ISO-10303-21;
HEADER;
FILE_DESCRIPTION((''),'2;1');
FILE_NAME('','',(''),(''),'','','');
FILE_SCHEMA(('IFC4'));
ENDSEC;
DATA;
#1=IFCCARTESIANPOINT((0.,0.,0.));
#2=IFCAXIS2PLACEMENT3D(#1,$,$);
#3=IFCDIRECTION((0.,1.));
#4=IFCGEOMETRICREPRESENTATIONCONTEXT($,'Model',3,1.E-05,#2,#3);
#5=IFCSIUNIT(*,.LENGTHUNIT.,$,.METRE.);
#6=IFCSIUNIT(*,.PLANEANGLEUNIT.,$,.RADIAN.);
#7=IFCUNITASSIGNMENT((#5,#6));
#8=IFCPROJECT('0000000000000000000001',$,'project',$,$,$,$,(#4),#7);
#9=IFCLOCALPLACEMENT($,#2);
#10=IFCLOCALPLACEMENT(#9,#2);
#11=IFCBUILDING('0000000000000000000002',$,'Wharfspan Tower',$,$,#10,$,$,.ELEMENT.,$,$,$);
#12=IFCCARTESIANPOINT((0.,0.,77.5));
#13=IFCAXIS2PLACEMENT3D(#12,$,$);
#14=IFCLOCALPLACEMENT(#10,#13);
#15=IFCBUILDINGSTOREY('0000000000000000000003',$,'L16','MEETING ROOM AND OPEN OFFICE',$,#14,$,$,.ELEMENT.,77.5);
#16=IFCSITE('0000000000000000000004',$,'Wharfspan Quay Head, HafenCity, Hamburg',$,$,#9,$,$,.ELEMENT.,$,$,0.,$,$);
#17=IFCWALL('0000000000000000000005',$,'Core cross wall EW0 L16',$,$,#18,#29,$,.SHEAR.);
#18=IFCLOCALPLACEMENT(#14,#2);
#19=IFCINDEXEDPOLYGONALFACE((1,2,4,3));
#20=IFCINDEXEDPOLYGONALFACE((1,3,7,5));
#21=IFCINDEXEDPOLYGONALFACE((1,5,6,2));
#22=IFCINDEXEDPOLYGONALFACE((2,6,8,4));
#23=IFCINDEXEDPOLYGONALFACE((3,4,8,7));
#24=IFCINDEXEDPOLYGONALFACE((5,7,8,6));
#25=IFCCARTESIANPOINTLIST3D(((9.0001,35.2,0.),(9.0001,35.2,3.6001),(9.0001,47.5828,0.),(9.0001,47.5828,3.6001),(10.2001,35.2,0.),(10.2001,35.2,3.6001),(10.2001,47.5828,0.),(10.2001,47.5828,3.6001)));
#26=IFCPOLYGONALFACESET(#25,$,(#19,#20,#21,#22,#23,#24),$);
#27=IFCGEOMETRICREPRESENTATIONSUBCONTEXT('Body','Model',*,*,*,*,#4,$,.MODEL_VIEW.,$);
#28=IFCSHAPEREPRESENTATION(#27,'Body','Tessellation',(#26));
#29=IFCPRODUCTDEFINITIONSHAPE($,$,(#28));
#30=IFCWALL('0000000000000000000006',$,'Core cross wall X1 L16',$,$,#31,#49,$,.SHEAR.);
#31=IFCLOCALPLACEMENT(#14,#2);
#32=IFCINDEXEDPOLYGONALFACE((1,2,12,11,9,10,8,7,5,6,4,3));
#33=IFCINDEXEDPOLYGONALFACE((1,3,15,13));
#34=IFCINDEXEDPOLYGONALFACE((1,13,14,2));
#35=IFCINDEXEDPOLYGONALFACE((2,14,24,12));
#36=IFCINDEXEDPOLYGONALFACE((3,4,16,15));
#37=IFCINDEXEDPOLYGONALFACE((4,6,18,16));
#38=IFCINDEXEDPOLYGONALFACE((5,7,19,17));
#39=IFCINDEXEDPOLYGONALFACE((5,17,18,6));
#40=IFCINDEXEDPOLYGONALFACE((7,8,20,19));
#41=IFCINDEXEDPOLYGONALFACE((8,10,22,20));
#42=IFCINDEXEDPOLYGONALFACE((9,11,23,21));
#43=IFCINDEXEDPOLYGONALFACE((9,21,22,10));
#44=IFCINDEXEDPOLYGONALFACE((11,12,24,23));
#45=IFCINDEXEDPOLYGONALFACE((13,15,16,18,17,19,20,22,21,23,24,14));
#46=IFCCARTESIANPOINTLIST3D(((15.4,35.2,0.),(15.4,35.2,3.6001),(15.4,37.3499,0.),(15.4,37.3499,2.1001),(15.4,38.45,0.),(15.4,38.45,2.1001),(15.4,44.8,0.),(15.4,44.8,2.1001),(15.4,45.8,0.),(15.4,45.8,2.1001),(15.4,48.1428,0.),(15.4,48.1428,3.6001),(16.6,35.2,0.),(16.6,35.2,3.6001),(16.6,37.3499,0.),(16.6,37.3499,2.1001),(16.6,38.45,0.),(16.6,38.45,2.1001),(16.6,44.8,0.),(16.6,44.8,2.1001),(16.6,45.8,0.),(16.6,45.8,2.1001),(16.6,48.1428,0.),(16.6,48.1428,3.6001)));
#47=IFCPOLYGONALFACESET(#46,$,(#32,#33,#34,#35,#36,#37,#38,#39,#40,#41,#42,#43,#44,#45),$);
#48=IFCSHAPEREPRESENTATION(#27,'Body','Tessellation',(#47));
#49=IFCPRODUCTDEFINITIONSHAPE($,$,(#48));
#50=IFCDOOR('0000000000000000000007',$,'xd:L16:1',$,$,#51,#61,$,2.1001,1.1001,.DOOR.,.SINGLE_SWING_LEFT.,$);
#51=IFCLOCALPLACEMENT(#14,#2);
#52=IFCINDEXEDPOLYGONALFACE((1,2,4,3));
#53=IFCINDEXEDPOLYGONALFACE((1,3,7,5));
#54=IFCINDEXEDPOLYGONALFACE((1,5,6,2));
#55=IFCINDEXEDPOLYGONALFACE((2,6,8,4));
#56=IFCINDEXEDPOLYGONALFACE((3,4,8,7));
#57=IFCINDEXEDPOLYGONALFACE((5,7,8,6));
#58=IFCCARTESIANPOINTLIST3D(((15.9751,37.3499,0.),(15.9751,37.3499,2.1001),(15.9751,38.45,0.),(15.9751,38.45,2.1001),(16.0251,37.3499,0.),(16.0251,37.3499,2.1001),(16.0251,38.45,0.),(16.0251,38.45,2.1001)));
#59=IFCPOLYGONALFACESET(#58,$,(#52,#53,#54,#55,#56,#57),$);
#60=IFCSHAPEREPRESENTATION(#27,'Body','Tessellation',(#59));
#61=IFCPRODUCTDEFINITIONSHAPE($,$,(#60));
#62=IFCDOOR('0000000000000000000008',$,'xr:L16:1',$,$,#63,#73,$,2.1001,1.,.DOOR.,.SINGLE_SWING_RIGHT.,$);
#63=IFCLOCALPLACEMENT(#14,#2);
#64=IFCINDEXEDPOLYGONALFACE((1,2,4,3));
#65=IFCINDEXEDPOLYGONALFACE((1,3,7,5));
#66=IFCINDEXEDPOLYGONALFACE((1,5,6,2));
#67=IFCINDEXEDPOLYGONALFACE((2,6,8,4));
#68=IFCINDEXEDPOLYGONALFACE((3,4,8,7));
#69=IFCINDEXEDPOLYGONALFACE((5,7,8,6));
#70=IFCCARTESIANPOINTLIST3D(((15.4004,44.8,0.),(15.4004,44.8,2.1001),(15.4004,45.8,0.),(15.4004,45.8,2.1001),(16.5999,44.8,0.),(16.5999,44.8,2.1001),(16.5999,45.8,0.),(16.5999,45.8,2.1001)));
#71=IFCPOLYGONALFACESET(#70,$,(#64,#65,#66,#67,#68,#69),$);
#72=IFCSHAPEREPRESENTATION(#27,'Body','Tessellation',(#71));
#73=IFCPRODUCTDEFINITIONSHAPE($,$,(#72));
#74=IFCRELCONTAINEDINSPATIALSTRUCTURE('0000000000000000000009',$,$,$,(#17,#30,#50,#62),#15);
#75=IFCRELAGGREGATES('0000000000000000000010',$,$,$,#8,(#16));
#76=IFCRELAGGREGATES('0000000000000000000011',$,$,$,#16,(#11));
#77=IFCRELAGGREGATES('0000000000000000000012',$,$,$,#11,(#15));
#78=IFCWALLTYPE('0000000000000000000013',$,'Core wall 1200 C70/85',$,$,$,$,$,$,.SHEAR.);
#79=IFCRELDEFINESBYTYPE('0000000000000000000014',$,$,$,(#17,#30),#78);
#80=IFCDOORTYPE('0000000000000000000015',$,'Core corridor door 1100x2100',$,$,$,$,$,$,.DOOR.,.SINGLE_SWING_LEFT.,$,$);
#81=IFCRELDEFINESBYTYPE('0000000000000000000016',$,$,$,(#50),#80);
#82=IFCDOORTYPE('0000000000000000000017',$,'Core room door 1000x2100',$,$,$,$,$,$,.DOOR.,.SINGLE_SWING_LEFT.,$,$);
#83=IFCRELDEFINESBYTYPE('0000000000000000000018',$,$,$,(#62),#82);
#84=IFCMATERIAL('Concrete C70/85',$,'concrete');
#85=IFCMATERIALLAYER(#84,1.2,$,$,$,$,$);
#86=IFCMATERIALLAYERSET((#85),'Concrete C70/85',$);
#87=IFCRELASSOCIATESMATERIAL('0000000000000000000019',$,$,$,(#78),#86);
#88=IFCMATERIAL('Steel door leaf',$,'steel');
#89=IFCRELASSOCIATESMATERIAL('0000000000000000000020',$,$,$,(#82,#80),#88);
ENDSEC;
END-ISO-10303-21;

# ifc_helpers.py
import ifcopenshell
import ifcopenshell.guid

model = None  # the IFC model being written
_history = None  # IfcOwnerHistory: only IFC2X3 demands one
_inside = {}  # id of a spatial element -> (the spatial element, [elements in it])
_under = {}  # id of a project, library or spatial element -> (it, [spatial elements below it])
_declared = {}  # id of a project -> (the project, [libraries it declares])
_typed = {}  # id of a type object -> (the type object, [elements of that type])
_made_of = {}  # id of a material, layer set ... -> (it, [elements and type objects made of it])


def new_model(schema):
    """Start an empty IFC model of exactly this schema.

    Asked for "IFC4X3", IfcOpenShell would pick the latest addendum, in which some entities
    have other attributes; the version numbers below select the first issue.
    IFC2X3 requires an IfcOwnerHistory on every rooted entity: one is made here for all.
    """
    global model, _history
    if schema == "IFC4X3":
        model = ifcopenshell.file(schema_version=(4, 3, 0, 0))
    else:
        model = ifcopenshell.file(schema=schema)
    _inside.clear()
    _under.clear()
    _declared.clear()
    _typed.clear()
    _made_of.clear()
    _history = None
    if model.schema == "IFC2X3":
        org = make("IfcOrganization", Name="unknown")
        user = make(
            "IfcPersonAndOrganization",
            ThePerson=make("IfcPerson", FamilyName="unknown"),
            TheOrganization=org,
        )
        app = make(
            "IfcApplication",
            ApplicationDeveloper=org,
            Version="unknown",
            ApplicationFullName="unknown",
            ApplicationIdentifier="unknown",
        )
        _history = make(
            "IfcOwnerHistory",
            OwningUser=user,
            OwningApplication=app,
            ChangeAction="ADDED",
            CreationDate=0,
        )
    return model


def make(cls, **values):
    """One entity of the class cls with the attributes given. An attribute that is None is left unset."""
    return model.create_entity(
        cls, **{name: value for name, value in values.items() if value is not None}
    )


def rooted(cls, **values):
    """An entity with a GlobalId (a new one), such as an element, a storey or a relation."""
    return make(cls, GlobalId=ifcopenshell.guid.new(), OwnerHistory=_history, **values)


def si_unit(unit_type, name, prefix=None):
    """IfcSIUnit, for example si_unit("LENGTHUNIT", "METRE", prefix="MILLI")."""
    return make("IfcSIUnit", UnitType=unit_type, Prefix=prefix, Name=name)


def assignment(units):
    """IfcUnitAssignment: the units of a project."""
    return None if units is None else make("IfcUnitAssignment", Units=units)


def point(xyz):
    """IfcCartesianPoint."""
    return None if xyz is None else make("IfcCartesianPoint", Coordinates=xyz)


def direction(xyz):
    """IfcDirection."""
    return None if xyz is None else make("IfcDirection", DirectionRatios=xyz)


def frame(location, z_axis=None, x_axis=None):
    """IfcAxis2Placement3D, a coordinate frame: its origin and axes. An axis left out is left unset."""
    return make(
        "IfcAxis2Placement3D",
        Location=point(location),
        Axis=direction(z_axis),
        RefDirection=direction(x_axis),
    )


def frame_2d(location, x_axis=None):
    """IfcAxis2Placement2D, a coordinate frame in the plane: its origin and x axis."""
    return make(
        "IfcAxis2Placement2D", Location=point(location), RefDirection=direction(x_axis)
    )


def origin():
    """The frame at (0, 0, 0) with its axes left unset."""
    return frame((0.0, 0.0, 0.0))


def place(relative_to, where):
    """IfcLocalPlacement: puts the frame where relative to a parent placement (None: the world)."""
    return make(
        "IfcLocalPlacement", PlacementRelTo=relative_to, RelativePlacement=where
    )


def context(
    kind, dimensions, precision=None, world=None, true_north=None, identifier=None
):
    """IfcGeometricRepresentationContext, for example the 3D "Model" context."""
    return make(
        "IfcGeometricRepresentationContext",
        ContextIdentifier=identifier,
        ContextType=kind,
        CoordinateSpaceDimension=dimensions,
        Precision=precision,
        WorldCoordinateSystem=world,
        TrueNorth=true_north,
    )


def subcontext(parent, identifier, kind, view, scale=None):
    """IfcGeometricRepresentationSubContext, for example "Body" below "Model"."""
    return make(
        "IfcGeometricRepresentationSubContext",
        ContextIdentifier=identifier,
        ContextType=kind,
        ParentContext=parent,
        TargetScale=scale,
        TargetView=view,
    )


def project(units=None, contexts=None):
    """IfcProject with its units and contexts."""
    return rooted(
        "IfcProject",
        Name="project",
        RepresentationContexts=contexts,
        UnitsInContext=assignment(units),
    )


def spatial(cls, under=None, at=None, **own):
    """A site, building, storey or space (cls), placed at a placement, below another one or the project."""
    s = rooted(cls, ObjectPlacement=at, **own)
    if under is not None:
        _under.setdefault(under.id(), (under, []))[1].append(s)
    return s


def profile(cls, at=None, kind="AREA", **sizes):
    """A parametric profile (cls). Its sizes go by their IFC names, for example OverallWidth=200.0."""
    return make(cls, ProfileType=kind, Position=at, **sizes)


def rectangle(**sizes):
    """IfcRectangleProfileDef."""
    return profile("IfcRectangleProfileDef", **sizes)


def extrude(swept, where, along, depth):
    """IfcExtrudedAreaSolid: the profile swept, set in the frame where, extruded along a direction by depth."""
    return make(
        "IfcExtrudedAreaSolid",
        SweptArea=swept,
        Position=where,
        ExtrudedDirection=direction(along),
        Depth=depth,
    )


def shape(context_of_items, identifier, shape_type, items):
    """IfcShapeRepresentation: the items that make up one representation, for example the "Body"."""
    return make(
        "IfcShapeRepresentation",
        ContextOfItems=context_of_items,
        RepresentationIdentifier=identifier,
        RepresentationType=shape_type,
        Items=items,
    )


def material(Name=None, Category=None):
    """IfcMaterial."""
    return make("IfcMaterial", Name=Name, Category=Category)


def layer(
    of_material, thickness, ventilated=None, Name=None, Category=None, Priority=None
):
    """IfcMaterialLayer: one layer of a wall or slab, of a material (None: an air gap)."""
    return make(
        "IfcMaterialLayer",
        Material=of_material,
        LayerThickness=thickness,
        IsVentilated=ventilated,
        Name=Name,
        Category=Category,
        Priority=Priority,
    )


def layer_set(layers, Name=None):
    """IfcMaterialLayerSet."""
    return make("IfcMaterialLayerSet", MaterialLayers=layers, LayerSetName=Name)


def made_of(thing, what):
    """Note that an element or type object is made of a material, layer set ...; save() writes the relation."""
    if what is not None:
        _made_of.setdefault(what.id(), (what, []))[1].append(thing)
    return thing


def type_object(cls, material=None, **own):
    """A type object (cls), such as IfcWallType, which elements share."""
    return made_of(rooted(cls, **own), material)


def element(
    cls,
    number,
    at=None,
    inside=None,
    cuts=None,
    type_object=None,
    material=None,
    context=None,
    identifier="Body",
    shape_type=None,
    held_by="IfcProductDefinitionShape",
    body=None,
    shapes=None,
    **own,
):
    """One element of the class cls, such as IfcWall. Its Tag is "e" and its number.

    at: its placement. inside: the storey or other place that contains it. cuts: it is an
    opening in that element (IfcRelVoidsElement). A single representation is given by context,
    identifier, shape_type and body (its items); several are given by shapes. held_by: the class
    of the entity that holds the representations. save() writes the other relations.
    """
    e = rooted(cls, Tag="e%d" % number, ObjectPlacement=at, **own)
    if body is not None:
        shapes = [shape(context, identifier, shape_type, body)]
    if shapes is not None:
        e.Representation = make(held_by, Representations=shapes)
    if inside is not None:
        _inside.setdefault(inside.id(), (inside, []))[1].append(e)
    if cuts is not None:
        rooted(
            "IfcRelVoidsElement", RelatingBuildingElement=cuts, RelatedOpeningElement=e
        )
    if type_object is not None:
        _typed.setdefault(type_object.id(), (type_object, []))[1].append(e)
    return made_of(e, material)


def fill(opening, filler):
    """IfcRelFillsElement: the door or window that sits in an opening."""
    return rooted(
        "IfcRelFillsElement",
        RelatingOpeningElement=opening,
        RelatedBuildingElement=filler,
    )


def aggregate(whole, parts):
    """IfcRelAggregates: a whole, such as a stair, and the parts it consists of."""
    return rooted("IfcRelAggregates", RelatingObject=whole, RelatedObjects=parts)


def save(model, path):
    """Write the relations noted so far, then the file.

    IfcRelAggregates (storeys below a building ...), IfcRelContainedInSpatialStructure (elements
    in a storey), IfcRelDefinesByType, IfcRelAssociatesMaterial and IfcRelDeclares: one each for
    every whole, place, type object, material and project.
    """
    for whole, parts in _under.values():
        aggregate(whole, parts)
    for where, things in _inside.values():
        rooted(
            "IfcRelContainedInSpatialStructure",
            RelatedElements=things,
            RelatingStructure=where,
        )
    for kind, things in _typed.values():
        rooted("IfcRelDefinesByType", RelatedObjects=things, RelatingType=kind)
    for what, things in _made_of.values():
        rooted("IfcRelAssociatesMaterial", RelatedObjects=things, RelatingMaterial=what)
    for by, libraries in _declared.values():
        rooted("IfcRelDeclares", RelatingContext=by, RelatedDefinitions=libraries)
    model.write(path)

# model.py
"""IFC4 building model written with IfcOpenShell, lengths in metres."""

from ifc_helpers import new_model, si_unit, direction, frame, frame_2d, origin, place, context, subcontext, project, spatial, rectangle, extrude, material, layer, layer_set, type_object, element, fill, save


model = new_model("IFC4")

# Units and contexts
model_context = context("Model", 3, precision=1e-05, world=origin(), true_north=direction((0.0, 1.0)))
body_context = subcontext(model_context, "Body", "Model", "MODEL_VIEW")
ifc_project = project(units=[si_unit("LENGTHUNIT", "METRE"), si_unit("PLANEANGLEUNIT", "RADIAN")], contexts=[model_context])

# Site, building, storey
site_placement = place(None, origin())
site = spatial("IfcSite", under=ifc_project, at=site_placement, Name="Wharfspan Quay Head, HafenCity, Hamburg", CompositionType="ELEMENT", RefElevation=0.0)
building_placement = place(site_placement, origin())
building = spatial("IfcBuilding", under=site, at=building_placement, Name="Wharfspan Tower", CompositionType="ELEMENT")
storey_placement = place(building_placement, frame((0.0, 0.0, 77.5)))
storey = spatial("IfcBuildingStorey", under=building, at=storey_placement, Name="L16", Description="MEETING ROOM AND OPEN OFFICE", CompositionType="ELEMENT", Elevation=77.5)

# Shared definitions
ifc_material_1 = material(Name="Concrete C70/85", Category="concrete")
ifc_layer = layer(ifc_material_1, 1.2)
ifc_layer_set = layer_set([ifc_layer], Name="Concrete C70/85")
wall_type = type_object("IfcWallType", Name="Core wall 1200 C70/85", PredefinedType="SHEAR", material=ifc_layer_set)
ifc_material_2 = material(Name="Steel door leaf", Category="steel")
door_type_1 = type_object("IfcDoorType", Name="Core room door 1000x2100", OperationType="SINGLE_SWING_LEFT", PredefinedType="DOOR", material=ifc_material_2)

# Wall
wall_1_placement = place(storey_placement, frame((9.6001, 35.2, 0.0), z_axis=(0.0, 0.0, 1.0), x_axis=(0.0, 1.0, 0.0)))
element("IfcWall", 1, at=wall_1_placement, inside=storey, type_object=wall_type, Name="Core cross wall EW0 L16", PredefinedType="SHEAR", context=body_context, shape_type="SweptSolid", body=[
    extrude(rectangle(XDim=12.3828, YDim=1.2, at=frame_2d((6.1914, 0.0))), origin(), (0.0, 0.0, 1.0), 3.6001),
])

# Wall, openings, doors
wall_2_placement = place(storey_placement, frame((16.0, 35.2, 0.0), z_axis=(0.0, 0.0, 1.0), x_axis=(0.0, 1.0, 0.0)))
wall_2 = element("IfcWall", 2, at=wall_2_placement, inside=storey, type_object=wall_type, Name="Core cross wall X1 L16", PredefinedType="SHEAR", context=body_context, shape_type="SweptSolid", body=[
    extrude(rectangle(XDim=12.9429, YDim=1.2, at=frame_2d((6.4714, 0.0))), origin(), (0.0, 0.0, 1.0), 3.6001),
])
opening_1_placement = place(wall_2_placement, frame((2.1499, 0.0, 0.0)))
opening_1 = element("IfcOpeningElement", 3, at=opening_1_placement, cuts=wall_2, PredefinedType="OPENING", context=body_context, shape_type="SweptSolid", body=[
    extrude(rectangle(XDim=1.1001, YDim=2.1001, at=frame_2d((0.55, 1.05))), frame((0.0, 0.6099, 0.0), z_axis=(0.0, -1.0, 0.0), x_axis=(1.0, 0.0, 0.0)), (0.0, 0.0, 1.0), 1.22),
])
opening_2_placement = place(wall_2_placement, frame((9.6001, 0.0, 0.0)))
opening_2 = element("IfcOpeningElement", 4, at=opening_2_placement, cuts=wall_2, PredefinedType="OPENING", context=body_context, shape_type="SweptSolid", body=[
    extrude(rectangle(XDim=1.0, YDim=2.1001, at=frame_2d((0.5, 1.05))), frame((0.0, 0.6099, 0.0), z_axis=(0.0, -1.0, 0.0), x_axis=(1.0, 0.0, 0.0)), (0.0, 0.0, 1.0), 1.22),
])
door_type_2 = type_object("IfcDoorType", Name="Core corridor door 1100x2100", OperationType="SINGLE_SWING_LEFT", PredefinedType="DOOR", material=ifc_material_2)
door_1_placement = place(opening_1_placement, origin())
door_1 = element("IfcDoor", 5, at=door_1_placement, inside=storey, type_object=door_type_2, Name="xd:L16:1", OperationType="SINGLE_SWING_LEFT", OverallHeight=2.1001, OverallWidth=1.1001, PredefinedType="DOOR", context=body_context, shape_type="SweptSolid", body=[
    extrude(rectangle(XDim=1.1001, YDim=2.1001, at=frame_2d((0.55, 1.05))), frame((0.0, 0.0249, 0.0), z_axis=(0.0, -1.0, 0.0), x_axis=(1.0, 0.0, 0.0)), (0.0, 0.0, 1.0), 0.05),
])
fill(opening_1, door_1)
door_2_placement = place(opening_2_placement, origin())
door_2 = element("IfcDoor", 6, at=door_2_placement, inside=storey, type_object=door_type_1, Name="xr:L16:1", OperationType="SINGLE_SWING_RIGHT", OverallHeight=2.1001, OverallWidth=1.0, PredefinedType="DOOR", context=body_context, shape_type="SweptSolid", body=[
    extrude(rectangle(XDim=1.0, YDim=2.1001, at=frame_2d((0.5, 1.05))), frame((0.0, 0.5996, 0.0), z_axis=(0.0, -1.0, 0.0), x_axis=(1.0, 0.0, 0.0)), (0.0, 0.0, 1.0), 1.1995),
])
fill(opening_2, door_2)

save(model, "model.ifc")
